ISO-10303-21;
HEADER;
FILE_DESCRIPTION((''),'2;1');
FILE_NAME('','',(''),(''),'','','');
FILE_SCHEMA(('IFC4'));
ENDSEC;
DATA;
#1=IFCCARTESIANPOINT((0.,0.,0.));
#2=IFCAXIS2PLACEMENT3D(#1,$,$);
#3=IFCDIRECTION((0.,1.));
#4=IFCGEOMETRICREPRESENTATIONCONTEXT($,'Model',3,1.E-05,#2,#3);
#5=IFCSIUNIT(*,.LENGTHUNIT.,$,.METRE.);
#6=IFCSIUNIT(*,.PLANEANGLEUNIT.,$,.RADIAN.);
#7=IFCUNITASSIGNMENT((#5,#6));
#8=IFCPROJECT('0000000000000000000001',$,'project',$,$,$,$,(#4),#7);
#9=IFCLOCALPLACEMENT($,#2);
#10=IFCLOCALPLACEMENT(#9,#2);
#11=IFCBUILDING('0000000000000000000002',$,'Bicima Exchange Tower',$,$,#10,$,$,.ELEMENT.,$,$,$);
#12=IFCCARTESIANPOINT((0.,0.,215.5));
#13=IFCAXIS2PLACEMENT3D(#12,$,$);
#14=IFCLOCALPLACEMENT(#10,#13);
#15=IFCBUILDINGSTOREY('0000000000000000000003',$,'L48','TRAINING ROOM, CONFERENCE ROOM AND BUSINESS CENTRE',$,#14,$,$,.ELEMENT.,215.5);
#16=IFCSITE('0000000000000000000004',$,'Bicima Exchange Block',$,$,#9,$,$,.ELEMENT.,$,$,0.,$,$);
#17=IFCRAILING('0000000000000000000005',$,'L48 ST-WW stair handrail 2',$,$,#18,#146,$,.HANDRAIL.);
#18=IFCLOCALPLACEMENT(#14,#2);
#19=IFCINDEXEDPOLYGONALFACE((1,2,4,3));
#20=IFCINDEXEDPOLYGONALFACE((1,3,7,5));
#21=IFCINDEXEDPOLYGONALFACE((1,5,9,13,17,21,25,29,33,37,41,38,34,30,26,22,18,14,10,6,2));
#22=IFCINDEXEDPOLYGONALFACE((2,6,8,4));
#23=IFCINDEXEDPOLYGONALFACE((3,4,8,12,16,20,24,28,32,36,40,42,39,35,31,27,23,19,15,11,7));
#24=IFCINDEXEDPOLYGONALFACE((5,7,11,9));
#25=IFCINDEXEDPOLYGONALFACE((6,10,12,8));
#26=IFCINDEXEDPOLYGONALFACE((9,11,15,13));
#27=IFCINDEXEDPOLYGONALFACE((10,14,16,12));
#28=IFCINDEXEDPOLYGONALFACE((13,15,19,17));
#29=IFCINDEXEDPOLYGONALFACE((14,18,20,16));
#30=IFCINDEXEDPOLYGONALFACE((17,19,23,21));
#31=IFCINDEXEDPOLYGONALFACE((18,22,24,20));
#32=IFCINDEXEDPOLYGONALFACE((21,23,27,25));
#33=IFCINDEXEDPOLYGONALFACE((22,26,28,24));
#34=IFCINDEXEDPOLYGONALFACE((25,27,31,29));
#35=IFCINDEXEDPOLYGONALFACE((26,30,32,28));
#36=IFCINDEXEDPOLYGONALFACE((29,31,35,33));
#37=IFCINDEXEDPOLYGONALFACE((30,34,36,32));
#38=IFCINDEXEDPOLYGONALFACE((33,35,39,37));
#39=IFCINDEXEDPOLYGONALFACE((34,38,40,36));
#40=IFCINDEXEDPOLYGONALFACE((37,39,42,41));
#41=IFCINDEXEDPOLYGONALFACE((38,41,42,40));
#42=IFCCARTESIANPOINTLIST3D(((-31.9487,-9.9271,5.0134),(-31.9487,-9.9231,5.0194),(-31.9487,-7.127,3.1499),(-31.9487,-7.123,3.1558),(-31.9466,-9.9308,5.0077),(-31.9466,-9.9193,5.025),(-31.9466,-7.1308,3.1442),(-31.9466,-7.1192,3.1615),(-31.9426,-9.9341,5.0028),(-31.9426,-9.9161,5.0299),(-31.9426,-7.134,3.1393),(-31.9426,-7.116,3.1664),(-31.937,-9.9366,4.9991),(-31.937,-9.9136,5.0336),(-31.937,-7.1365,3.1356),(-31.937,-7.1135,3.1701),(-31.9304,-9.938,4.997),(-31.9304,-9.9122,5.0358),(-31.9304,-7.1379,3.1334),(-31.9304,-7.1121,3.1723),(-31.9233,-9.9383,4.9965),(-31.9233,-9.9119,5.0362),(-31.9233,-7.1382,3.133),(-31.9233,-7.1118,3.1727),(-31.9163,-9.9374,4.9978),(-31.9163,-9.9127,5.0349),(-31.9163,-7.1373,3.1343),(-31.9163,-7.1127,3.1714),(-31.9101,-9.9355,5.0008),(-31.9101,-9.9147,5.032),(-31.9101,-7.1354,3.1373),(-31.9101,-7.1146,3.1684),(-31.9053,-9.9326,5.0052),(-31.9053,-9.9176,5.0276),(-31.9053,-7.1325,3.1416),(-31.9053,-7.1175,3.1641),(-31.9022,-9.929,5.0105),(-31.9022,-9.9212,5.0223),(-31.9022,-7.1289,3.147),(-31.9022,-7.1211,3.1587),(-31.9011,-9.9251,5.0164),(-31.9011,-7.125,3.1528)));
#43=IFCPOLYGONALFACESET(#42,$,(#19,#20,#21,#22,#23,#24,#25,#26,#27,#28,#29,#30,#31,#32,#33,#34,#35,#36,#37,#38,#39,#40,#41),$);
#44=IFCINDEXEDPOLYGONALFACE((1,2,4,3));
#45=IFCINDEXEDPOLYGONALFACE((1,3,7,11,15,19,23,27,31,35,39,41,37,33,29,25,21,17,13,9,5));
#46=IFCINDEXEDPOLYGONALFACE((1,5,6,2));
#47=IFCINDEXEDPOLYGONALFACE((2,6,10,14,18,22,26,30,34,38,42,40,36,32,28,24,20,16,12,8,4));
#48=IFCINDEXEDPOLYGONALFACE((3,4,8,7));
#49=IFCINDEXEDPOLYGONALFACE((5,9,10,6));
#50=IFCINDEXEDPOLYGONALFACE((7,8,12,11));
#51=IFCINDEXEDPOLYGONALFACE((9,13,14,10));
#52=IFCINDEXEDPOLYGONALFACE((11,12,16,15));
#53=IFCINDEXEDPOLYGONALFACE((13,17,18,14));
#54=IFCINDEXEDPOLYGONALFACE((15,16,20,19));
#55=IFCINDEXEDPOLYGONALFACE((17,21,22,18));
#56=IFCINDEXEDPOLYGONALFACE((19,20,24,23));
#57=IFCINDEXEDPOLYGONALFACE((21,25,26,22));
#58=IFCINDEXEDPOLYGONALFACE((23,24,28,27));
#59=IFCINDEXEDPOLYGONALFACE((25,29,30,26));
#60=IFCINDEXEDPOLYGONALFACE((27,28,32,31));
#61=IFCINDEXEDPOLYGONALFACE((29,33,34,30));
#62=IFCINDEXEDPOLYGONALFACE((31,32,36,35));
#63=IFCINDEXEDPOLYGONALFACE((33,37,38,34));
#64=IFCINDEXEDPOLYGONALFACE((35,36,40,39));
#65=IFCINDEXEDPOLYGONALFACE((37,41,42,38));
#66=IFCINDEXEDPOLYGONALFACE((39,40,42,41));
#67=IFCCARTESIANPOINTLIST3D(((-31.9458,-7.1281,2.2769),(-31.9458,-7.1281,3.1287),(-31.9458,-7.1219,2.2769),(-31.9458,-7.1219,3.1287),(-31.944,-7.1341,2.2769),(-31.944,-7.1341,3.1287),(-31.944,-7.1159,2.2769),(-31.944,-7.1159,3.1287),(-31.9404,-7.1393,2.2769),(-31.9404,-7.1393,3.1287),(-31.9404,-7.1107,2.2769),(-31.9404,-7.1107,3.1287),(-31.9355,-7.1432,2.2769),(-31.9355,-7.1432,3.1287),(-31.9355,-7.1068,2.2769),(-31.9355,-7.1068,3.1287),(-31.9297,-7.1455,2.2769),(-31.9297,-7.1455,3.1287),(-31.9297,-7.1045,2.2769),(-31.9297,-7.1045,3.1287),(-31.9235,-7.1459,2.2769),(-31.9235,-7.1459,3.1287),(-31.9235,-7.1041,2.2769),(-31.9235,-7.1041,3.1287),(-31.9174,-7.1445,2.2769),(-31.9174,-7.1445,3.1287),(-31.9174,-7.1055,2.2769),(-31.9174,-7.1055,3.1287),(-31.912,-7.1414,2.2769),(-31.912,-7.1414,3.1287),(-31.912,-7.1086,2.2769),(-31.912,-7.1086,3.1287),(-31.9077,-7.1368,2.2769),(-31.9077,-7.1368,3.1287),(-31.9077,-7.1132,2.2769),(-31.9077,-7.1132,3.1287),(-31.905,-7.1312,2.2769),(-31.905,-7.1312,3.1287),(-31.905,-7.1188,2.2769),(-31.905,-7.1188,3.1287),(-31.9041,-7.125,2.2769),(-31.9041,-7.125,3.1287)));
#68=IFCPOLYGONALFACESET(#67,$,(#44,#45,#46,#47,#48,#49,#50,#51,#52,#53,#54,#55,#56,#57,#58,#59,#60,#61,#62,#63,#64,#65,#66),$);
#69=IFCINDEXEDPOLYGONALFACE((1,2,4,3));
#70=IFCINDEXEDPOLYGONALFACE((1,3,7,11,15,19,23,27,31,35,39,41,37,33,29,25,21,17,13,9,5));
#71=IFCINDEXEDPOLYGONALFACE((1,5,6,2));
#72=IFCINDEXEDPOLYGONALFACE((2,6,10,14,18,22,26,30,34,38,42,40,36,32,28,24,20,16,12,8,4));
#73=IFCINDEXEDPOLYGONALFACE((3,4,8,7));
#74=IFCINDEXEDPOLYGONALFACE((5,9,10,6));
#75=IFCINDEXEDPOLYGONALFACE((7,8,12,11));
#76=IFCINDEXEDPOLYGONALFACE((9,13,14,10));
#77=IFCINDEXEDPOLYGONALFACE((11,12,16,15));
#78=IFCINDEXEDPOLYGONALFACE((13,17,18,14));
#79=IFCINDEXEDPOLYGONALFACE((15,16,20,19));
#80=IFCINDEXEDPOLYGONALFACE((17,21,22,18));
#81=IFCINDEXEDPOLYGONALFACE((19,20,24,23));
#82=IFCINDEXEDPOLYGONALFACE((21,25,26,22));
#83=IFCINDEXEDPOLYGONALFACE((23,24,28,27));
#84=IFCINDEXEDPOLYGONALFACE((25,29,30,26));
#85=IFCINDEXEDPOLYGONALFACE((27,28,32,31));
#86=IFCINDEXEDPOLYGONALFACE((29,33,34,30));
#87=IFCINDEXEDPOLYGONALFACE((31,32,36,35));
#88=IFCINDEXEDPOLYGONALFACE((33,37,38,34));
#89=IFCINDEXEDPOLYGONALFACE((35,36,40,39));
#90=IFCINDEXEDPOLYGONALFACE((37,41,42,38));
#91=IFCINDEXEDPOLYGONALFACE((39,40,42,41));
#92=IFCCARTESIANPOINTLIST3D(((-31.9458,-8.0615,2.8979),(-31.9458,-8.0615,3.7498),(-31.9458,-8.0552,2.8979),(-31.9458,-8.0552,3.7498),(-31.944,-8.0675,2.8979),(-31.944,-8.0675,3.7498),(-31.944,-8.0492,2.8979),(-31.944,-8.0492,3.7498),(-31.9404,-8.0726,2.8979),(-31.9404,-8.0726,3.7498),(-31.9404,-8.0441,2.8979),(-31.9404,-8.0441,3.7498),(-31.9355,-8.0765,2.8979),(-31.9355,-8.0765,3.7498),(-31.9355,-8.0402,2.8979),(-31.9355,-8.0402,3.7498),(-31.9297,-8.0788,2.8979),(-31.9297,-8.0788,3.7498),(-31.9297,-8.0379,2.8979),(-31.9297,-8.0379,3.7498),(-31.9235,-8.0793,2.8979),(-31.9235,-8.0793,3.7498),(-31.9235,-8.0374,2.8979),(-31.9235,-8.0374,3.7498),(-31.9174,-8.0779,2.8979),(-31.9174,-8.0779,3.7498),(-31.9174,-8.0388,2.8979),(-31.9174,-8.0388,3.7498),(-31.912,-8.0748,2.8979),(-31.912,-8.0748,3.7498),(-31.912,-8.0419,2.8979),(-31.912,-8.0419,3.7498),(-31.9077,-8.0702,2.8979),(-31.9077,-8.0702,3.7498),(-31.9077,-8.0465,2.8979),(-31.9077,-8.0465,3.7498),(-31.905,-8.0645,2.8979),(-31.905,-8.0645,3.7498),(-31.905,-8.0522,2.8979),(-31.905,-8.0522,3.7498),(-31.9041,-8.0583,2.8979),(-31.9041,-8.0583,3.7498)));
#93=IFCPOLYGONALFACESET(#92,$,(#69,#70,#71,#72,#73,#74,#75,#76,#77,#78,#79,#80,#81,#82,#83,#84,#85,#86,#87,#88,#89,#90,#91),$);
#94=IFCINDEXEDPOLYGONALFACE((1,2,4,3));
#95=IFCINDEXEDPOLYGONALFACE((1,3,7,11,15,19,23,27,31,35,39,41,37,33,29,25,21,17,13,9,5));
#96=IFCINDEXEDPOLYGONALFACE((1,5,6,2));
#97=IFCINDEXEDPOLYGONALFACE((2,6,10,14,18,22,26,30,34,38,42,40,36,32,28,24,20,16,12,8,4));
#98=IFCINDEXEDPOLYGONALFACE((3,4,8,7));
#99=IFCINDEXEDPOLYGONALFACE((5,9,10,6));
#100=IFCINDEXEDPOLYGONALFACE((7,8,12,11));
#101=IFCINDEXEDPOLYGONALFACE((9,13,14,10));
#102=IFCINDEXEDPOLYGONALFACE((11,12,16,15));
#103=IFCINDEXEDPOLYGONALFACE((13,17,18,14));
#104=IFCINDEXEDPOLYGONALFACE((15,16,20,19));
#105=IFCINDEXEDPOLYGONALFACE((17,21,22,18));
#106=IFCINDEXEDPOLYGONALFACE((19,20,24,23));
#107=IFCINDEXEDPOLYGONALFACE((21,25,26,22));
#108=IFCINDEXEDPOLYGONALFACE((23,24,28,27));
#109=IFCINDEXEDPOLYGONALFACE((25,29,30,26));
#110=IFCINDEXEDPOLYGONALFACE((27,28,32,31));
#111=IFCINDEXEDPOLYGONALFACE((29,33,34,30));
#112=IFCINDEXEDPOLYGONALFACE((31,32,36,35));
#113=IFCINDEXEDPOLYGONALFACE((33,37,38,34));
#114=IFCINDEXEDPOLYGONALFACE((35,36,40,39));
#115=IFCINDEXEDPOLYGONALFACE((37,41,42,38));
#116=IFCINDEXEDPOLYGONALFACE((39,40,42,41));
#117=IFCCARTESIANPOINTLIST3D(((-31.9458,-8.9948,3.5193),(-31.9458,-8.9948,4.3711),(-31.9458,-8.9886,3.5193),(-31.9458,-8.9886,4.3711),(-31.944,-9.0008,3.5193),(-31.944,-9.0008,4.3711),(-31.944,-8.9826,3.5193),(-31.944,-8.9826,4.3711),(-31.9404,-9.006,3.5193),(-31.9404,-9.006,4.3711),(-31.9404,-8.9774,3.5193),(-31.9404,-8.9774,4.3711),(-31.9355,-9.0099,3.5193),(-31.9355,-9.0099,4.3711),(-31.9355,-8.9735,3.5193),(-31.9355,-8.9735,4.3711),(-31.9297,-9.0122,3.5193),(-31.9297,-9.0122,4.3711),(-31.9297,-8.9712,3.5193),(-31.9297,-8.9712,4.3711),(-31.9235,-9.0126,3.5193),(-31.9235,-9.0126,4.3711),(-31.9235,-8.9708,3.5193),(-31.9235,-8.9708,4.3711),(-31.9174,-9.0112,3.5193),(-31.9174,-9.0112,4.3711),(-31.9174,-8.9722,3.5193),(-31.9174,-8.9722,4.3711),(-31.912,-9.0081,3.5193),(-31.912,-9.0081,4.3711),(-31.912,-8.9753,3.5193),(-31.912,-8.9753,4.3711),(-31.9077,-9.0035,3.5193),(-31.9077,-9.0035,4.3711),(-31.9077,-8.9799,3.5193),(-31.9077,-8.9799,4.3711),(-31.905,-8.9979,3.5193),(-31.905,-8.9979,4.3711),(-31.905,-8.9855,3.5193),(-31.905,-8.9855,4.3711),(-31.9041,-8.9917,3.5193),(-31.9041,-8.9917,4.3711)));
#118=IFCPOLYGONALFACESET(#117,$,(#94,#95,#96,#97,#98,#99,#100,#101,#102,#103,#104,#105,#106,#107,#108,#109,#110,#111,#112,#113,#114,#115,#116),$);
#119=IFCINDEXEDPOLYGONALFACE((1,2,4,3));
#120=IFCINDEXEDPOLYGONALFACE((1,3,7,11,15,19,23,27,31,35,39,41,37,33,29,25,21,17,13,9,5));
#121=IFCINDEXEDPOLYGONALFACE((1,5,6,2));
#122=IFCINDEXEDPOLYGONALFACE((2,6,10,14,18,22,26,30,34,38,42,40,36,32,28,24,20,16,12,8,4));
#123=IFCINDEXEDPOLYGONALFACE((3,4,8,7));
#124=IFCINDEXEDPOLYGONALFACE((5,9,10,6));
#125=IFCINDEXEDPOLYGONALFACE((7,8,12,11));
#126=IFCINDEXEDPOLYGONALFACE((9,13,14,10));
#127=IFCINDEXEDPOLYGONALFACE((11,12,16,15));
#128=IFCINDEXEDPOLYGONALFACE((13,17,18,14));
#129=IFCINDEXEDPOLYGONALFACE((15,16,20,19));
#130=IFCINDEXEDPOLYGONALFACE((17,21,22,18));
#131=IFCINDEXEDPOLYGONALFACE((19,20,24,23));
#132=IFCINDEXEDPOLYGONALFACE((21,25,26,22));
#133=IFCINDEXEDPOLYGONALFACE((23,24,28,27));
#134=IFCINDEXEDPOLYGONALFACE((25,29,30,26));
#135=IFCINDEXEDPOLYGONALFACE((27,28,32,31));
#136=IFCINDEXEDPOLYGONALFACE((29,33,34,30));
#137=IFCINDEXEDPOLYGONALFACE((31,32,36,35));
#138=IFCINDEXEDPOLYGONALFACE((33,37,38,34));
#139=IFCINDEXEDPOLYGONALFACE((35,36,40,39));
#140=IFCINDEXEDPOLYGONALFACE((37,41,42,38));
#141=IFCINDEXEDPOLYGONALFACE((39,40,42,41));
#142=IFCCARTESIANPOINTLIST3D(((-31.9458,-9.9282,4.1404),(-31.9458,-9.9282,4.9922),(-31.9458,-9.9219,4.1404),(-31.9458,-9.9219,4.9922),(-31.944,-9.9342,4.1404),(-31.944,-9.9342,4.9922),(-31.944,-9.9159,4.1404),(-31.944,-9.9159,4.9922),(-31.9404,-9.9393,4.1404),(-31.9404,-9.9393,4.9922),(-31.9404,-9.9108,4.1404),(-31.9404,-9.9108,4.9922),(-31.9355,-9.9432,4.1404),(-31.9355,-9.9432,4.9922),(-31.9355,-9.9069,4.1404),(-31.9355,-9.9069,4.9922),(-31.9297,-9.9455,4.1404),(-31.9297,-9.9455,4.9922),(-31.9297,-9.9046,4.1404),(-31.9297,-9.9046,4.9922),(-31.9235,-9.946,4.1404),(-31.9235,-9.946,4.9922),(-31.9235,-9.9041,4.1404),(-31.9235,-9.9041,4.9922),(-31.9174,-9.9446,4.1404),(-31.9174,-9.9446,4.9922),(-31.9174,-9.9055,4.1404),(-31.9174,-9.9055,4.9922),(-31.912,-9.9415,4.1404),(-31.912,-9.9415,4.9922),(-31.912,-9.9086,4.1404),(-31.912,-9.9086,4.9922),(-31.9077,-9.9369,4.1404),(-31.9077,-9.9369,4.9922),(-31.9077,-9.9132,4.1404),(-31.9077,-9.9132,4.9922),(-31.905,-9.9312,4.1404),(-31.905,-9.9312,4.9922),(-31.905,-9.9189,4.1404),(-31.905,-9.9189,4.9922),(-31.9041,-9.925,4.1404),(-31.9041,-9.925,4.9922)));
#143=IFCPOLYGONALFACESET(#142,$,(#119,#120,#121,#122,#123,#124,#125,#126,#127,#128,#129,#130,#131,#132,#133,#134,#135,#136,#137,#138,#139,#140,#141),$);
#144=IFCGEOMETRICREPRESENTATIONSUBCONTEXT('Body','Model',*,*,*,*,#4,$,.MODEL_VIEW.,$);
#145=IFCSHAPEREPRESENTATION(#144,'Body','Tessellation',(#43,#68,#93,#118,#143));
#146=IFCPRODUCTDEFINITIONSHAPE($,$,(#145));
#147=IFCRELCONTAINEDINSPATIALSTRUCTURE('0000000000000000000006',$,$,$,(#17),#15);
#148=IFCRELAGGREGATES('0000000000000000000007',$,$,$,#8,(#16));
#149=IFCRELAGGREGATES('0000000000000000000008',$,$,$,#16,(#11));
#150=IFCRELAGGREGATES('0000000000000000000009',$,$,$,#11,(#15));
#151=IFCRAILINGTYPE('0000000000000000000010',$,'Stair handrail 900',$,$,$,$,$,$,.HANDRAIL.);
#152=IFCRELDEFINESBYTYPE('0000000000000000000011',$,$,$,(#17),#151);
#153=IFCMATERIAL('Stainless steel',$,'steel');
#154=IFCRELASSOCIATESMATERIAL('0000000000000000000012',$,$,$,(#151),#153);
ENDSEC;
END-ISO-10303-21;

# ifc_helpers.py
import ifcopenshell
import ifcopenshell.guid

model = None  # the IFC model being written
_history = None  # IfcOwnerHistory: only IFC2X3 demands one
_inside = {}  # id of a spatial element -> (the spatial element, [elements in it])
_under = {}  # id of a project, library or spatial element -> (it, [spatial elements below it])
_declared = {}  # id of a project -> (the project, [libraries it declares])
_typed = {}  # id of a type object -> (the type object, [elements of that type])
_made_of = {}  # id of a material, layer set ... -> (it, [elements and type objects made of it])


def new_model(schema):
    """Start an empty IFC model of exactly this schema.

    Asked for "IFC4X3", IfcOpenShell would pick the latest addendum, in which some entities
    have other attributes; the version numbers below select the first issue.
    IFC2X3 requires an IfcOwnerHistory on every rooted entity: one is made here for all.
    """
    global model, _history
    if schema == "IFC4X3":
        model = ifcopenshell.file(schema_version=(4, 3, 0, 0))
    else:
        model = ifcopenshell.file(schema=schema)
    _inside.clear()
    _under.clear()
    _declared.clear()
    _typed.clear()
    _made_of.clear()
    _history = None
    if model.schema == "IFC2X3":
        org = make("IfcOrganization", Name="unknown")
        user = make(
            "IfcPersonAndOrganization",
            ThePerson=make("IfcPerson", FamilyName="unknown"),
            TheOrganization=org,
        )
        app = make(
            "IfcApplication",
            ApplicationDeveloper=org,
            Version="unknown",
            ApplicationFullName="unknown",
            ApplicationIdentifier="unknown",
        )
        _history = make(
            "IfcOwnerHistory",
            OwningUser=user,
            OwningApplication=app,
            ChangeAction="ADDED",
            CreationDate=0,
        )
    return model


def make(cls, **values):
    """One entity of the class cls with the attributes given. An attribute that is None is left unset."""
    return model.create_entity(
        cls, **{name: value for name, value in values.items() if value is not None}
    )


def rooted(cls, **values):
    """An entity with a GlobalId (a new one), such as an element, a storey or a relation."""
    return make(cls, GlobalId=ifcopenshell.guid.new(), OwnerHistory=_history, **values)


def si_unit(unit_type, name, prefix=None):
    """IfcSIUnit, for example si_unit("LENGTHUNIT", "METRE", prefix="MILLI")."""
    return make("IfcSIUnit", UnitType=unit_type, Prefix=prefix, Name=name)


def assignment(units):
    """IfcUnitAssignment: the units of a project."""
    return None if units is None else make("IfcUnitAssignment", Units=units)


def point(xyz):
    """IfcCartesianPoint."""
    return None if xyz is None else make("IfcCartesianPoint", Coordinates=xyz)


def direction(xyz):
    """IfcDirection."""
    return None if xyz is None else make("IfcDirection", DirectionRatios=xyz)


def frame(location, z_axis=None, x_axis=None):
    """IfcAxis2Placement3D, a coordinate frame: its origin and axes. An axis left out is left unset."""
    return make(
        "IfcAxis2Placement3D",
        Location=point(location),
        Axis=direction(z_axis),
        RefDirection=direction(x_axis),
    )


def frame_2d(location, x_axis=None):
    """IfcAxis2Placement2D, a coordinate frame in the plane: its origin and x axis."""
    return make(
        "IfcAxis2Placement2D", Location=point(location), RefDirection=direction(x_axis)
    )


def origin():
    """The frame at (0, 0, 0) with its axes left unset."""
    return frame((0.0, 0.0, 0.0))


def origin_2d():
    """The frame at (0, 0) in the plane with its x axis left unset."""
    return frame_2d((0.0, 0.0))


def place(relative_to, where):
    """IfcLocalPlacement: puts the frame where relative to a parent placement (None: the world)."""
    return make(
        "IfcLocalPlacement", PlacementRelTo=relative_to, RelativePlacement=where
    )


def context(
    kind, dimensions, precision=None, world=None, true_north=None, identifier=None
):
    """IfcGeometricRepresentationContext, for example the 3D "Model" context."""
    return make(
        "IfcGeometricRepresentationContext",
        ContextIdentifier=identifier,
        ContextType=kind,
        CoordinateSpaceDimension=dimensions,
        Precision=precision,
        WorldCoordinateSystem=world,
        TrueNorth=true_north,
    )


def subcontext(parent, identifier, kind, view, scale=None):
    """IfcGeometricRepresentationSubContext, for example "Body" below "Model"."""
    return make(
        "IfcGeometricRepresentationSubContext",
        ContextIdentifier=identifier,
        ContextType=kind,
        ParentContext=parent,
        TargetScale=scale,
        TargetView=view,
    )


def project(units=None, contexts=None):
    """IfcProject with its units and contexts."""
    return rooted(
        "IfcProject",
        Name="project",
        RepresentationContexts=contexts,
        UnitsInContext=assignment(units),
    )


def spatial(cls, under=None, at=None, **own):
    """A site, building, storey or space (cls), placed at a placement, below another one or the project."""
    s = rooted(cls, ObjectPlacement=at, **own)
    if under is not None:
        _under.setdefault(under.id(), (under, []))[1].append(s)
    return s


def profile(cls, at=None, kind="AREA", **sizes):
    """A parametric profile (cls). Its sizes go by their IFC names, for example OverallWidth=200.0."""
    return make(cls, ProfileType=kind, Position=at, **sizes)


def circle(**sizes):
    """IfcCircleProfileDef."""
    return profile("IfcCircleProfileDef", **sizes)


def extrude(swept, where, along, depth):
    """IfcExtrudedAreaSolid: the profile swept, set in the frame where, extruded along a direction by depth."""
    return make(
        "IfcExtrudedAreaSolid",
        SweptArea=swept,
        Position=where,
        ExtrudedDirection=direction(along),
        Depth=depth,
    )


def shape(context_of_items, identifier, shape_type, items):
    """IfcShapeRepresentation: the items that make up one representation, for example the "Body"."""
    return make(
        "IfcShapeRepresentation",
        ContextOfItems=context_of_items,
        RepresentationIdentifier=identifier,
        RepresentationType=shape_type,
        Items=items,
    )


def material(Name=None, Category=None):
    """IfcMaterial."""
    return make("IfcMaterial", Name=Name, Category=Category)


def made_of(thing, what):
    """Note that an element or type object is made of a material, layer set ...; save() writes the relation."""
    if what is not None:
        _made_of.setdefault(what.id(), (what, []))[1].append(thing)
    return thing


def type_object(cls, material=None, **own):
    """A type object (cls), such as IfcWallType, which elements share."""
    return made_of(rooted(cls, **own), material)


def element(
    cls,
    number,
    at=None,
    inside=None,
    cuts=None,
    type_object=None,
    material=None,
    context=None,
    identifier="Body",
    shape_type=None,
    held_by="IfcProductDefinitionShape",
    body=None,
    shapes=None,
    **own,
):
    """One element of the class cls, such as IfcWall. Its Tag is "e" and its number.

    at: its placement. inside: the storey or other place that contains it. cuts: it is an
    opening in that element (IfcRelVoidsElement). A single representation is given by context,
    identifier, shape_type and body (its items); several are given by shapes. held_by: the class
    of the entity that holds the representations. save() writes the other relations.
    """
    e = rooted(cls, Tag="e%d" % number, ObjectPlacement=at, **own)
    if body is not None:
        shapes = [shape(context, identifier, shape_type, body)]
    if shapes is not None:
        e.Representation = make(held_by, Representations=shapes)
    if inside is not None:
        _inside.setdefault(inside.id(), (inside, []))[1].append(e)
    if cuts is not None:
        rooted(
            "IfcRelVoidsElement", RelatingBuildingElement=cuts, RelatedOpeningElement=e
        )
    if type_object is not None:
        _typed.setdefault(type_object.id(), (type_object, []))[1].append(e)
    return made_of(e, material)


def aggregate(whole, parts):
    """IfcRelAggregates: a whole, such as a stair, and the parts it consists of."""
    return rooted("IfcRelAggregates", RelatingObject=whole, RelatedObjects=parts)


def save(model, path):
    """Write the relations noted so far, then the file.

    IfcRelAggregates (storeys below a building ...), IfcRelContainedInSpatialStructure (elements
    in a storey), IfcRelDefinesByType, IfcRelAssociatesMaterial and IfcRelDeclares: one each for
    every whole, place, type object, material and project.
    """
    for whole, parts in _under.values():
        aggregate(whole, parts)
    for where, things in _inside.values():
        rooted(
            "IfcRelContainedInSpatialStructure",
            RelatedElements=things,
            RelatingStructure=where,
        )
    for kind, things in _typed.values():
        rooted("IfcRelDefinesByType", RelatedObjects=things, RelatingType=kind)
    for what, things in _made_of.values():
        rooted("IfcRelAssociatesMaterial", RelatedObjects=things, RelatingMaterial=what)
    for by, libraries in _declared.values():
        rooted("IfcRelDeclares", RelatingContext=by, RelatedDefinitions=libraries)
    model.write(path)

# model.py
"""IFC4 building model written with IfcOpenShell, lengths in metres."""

from ifc_helpers import new_model, si_unit, direction, frame, origin, origin_2d, place, context, subcontext, project, spatial, circle, extrude, material, type_object, element, save


model = new_model("IFC4")

# Units and contexts
model_context = context("Model", 3, precision=1e-05, world=origin(), true_north=direction((0.0, 1.0)))
body_context = subcontext(model_context, "Body", "Model", "MODEL_VIEW")
ifc_project = project(units=[si_unit("LENGTHUNIT", "METRE"), si_unit("PLANEANGLEUNIT", "RADIAN")], contexts=[model_context])

# Site, building, storey
site_placement = place(None, origin())
site = spatial("IfcSite", under=ifc_project, at=site_placement, Name="Bicima Exchange Block", CompositionType="ELEMENT", RefElevation=0.0)
building_placement = place(site_placement, origin())
building = spatial("IfcBuilding", under=site, at=building_placement, Name="Bicima Exchange Tower", CompositionType="ELEMENT")
storey_placement = place(building_placement, frame((0.0, 0.0, 215.5)))
storey = spatial("IfcBuildingStorey", under=building, at=storey_placement, Name="L48", Description="TRAINING ROOM, CONFERENCE ROOM AND BUSINESS CENTRE", CompositionType="ELEMENT", Elevation=215.5)

# Railing
ifc_material_1 = material(Name="Stainless steel", Category="steel")
railing_type_1 = type_object("IfcRailingType", Name="Stair handrail 900", PredefinedType="HANDRAIL", material=ifc_material_1)
railing_1_placement = place(storey_placement, frame((-31.925, -7.125, 2.2769)))
element("IfcRailing", 1, at=railing_1_placement, inside=storey, type_object=railing_type_1, Name="L48 ST-WW stair handrail 2", PredefinedType="HANDRAIL", context=body_context, shape_type="SweptSolid", body=[
    extrude(circle(Radius=0.0239, at=origin_2d()), frame((0.0, 0.0, 0.876), z_axis=(0.0, -0.832486, 0.554047), x_axis=(1.0, 0.0, 0.0)), (0.0, 0.0, 1.0), 3.3635),
    extrude(circle(Radius=0.021, at=origin_2d()), origin(), (0.0, 0.0, 1.0), 0.8518),
    extrude(circle(Radius=0.021, at=origin_2d()), frame((0.0, -0.9333, 0.6211)), (0.0, 0.0, 1.0), 0.8518),
    extrude(circle(Radius=0.021, at=origin_2d()), frame((0.0, -1.8667, 1.2424)), (0.0, 0.0, 1.0), 0.8518),
    extrude(circle(Radius=0.021, at=origin_2d()), frame((0.0, -2.8, 1.8635)), (0.0, 0.0, 1.0), 0.8518),
])

save(model, "model.ifc")
